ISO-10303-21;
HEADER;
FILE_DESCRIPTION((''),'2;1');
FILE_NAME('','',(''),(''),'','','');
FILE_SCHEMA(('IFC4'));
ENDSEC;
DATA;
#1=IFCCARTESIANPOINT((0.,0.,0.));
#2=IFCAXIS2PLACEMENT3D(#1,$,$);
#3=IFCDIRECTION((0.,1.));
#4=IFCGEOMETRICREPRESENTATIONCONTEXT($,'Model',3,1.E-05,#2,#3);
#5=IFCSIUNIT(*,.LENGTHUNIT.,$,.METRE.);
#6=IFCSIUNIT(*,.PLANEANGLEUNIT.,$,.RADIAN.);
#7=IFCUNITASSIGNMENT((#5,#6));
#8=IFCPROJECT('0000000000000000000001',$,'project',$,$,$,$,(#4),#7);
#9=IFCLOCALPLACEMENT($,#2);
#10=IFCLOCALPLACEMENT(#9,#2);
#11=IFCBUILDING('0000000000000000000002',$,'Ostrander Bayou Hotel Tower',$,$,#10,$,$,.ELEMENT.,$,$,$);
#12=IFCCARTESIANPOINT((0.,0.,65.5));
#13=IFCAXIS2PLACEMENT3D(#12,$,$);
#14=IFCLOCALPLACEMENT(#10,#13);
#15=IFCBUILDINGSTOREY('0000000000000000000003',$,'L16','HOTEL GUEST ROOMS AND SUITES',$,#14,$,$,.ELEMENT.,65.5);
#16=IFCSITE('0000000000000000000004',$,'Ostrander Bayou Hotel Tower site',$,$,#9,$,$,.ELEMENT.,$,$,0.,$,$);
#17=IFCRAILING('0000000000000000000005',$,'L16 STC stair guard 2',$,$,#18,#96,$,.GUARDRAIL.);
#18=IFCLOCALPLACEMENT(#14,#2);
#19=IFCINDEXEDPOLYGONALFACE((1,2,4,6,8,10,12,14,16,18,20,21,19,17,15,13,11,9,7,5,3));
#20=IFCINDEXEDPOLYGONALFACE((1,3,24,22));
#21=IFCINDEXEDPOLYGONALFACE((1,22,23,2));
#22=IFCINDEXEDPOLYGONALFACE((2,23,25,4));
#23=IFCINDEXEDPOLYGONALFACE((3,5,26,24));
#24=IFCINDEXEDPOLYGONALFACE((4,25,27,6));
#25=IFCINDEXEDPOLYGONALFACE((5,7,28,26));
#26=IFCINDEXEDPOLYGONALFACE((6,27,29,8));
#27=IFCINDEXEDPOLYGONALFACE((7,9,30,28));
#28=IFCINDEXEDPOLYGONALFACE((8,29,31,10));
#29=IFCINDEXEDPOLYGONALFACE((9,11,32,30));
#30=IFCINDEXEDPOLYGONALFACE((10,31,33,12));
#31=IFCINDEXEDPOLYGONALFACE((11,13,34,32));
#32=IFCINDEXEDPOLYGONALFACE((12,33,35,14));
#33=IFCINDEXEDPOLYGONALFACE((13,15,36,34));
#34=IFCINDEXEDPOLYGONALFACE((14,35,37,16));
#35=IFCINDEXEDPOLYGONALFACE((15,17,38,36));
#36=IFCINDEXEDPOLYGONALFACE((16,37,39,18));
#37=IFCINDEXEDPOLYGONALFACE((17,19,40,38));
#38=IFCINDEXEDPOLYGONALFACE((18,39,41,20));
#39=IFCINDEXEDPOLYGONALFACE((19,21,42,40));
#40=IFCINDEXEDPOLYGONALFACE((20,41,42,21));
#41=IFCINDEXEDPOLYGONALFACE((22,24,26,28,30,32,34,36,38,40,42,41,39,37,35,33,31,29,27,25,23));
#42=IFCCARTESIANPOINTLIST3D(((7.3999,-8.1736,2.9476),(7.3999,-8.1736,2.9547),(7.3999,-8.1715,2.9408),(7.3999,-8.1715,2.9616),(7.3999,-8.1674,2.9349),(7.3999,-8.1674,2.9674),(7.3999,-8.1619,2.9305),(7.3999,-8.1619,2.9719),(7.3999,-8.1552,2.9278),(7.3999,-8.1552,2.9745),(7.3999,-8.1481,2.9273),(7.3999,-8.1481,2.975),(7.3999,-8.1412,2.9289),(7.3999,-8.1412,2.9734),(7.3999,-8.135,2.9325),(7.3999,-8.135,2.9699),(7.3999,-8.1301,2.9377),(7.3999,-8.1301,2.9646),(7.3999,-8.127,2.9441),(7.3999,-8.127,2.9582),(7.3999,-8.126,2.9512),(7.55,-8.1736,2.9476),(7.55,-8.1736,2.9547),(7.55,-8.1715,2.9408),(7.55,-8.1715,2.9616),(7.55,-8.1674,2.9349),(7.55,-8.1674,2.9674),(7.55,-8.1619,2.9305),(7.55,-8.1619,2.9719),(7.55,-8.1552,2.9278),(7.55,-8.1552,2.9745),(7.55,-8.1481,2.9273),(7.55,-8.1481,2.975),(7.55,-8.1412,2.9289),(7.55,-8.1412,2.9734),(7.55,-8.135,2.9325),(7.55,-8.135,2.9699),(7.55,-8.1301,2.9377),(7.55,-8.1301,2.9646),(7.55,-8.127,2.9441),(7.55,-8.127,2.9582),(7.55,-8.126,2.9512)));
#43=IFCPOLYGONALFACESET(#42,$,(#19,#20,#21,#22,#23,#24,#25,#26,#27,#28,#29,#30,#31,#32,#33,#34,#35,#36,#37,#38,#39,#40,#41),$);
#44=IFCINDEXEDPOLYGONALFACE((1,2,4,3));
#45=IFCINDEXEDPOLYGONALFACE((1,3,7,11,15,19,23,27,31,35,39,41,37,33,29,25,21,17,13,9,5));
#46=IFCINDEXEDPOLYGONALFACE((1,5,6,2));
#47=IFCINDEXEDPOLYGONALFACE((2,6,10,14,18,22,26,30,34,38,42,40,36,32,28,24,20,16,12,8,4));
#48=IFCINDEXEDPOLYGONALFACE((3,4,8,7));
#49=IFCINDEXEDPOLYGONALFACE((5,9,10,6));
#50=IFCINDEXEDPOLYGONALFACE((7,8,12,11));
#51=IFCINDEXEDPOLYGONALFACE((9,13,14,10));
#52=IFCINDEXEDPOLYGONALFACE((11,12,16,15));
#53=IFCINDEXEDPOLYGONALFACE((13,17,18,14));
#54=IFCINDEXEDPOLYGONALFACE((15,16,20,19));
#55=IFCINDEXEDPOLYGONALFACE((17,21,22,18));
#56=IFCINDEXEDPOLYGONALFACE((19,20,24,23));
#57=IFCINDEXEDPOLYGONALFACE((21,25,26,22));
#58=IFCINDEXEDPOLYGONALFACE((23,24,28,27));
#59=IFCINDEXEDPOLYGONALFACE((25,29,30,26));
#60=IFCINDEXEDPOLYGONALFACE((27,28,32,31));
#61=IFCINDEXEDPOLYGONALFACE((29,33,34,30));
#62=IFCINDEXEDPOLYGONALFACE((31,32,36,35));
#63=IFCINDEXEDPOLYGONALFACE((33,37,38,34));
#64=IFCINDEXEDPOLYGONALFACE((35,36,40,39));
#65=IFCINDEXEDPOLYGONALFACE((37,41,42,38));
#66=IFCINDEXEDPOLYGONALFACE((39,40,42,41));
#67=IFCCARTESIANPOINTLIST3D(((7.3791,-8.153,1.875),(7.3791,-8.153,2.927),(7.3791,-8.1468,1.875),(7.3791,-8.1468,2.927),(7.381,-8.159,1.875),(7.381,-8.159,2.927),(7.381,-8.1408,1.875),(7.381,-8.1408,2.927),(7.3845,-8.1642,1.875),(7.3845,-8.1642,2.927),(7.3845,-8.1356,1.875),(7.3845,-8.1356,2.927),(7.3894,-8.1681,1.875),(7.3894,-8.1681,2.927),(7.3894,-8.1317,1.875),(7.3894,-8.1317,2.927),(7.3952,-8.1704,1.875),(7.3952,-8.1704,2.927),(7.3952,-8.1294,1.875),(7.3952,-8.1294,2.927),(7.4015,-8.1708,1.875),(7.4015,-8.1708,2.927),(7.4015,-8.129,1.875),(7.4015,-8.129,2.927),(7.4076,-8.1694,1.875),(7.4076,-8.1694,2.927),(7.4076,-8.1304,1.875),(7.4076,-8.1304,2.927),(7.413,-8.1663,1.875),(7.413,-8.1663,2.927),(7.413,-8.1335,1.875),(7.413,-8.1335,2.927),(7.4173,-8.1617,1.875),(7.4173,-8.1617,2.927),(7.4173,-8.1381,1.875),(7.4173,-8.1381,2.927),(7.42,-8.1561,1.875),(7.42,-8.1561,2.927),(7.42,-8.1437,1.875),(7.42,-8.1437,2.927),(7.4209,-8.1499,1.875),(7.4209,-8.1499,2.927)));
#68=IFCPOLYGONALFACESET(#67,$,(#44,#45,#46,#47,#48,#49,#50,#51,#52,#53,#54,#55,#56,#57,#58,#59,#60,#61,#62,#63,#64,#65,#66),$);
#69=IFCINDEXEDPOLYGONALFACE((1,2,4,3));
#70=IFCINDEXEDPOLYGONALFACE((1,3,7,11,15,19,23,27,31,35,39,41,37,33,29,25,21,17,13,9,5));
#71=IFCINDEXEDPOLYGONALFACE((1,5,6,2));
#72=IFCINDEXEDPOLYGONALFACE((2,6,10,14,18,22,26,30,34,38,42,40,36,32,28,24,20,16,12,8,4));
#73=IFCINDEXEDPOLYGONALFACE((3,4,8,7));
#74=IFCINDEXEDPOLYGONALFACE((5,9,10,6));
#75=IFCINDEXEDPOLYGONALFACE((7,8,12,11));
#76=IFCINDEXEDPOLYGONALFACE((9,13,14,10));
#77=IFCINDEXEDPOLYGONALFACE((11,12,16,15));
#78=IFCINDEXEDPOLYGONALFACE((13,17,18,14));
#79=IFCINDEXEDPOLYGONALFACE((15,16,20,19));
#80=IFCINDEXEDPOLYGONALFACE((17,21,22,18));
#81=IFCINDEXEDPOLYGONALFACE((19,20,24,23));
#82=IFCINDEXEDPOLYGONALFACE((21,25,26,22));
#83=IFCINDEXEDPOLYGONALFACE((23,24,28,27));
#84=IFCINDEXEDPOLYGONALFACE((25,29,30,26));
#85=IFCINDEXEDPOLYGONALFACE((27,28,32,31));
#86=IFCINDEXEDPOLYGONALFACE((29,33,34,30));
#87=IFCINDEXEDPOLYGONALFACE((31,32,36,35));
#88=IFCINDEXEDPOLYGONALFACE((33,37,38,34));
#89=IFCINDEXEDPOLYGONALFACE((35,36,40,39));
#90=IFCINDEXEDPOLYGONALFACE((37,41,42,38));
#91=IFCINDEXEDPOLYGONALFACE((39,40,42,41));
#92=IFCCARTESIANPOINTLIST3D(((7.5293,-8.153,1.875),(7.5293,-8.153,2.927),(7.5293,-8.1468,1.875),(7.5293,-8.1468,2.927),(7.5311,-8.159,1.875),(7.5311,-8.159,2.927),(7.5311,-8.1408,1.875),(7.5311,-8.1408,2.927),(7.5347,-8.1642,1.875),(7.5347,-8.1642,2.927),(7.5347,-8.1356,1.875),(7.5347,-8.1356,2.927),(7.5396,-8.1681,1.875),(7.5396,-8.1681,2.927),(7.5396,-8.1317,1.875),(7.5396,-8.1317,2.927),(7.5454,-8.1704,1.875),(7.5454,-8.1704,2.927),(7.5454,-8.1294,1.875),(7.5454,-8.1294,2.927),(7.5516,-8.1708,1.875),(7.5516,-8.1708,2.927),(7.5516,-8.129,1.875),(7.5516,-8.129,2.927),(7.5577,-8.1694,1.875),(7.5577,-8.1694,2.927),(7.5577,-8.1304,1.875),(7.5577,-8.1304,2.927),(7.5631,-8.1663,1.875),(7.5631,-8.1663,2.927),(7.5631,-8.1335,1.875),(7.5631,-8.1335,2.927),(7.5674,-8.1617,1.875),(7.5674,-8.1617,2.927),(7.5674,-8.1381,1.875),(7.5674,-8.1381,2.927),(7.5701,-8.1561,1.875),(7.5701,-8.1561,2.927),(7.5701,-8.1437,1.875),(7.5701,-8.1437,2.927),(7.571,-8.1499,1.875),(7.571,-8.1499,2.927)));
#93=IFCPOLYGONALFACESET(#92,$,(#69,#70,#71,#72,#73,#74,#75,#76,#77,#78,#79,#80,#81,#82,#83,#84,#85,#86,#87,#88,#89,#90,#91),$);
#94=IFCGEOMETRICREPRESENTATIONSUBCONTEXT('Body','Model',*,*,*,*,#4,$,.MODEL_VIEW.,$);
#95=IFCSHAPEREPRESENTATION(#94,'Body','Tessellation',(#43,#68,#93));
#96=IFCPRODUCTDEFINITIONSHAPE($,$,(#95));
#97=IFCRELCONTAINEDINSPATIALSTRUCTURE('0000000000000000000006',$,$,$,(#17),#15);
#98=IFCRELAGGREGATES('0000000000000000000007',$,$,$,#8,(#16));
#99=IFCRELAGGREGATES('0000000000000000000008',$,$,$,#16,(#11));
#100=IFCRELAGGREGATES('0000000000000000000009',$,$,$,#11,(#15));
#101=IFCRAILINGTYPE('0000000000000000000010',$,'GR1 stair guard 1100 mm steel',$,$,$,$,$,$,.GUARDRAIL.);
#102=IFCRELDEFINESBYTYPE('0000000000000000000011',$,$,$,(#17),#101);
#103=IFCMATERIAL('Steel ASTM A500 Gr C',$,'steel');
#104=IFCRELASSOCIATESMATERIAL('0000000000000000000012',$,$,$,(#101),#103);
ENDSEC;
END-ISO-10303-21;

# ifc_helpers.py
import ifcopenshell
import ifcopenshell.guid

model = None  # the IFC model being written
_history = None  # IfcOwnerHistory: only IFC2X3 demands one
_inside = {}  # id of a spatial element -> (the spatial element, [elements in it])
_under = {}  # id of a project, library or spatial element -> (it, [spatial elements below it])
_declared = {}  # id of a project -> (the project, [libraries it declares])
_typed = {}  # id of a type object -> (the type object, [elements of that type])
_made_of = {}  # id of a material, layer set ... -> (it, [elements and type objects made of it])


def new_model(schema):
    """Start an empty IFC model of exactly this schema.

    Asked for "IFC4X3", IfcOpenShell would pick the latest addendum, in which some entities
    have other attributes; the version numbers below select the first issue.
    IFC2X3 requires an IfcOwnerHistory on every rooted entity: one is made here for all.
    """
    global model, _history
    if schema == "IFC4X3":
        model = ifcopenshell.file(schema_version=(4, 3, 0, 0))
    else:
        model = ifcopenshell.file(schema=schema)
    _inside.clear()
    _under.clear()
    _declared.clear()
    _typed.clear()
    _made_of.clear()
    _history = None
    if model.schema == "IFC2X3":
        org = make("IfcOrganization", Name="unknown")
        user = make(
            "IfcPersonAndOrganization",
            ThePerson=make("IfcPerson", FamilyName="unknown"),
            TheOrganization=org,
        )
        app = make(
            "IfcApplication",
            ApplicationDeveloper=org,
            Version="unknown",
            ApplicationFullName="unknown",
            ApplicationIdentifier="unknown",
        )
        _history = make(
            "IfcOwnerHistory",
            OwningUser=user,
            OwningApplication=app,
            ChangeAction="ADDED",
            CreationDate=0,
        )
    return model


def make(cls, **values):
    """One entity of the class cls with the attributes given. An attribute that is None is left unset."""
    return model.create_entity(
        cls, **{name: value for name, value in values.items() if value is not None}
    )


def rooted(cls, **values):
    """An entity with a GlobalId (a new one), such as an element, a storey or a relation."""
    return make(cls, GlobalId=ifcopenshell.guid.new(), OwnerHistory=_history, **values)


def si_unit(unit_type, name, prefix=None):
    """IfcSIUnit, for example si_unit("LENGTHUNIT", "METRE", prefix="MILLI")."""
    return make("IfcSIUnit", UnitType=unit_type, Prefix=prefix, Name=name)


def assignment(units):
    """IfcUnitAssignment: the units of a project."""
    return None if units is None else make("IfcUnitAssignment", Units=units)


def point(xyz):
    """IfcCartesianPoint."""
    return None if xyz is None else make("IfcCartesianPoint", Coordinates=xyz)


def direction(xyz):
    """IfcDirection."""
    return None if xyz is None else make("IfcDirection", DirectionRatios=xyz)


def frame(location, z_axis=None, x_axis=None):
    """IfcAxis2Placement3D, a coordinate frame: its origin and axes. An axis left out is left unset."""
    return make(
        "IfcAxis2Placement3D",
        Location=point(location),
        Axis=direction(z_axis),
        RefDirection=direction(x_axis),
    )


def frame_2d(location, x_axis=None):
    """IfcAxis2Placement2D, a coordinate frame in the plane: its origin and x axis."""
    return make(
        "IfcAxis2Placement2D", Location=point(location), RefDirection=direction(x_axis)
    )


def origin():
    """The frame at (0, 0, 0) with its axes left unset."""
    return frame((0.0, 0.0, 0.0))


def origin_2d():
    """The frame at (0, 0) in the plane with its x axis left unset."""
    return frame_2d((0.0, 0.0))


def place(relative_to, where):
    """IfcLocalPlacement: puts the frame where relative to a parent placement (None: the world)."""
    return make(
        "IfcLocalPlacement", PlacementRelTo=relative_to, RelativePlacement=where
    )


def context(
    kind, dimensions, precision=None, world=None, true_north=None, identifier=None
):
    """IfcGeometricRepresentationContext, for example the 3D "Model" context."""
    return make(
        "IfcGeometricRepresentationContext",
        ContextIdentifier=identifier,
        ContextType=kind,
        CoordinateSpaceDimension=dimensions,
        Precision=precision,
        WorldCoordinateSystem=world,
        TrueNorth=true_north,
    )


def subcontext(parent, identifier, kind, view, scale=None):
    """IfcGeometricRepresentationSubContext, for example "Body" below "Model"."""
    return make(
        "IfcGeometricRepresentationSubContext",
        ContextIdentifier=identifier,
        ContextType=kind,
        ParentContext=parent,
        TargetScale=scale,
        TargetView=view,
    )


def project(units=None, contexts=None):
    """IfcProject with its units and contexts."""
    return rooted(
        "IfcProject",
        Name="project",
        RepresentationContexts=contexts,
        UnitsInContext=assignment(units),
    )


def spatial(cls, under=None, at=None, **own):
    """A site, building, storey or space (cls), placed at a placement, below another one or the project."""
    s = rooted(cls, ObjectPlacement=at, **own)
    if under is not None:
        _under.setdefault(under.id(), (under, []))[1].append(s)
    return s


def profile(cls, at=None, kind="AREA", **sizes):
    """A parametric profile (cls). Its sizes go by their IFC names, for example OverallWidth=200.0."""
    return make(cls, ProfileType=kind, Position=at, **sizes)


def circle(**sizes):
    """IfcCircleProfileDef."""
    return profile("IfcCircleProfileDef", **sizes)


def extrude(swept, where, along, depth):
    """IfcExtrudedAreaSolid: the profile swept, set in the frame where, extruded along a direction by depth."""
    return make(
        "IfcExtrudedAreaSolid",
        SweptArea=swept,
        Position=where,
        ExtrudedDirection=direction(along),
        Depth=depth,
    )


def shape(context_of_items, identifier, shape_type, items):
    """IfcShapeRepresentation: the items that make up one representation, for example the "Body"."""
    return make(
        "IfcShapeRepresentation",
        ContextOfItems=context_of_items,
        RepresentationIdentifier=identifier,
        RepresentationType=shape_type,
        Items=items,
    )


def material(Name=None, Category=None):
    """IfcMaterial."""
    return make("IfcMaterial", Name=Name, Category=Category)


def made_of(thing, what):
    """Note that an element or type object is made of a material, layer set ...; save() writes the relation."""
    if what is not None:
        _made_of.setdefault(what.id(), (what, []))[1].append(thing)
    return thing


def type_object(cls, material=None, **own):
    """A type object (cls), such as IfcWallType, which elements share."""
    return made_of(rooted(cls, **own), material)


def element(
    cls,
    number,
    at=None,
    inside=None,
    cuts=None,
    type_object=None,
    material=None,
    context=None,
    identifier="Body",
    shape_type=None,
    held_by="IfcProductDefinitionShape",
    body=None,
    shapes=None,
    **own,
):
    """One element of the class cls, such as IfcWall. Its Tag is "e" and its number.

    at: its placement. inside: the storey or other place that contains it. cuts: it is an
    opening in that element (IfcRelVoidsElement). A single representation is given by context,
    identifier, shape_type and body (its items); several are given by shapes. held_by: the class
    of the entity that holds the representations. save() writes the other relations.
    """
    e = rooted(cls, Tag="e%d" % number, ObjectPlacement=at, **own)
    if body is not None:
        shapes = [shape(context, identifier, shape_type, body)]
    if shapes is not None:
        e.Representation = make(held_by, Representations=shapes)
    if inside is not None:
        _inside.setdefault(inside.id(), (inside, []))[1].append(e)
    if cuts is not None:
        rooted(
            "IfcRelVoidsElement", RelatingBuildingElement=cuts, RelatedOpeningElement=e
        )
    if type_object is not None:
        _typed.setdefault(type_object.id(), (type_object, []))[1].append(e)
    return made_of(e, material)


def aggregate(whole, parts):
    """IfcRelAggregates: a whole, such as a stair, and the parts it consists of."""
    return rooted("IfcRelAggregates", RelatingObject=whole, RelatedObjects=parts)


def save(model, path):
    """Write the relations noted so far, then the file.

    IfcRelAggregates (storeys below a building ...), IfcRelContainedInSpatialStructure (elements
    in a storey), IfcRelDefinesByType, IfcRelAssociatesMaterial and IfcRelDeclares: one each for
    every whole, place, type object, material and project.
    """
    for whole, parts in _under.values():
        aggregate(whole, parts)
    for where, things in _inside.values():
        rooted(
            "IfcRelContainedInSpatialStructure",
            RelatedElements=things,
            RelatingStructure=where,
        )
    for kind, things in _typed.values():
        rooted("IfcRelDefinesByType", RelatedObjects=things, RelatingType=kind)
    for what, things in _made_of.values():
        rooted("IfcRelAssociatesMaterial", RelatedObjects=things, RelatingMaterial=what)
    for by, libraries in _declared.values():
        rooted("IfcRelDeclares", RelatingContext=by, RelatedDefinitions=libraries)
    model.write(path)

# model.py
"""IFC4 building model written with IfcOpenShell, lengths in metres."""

from ifc_helpers import new_model, si_unit, direction, frame, origin, origin_2d, place, context, subcontext, project, spatial, circle, extrude, material, type_object, element, save


model = new_model("IFC4")

# Units and contexts
model_context = context("Model", 3, precision=1e-05, world=origin(), true_north=direction((0.0, 1.0)))
body_context = subcontext(model_context, "Body", "Model", "MODEL_VIEW")
ifc_project = project(units=[si_unit("LENGTHUNIT", "METRE"), si_unit("PLANEANGLEUNIT", "RADIAN")], contexts=[model_context])

# Site, building, storey
site_placement = place(None, origin())
site = spatial("IfcSite", under=ifc_project, at=site_placement, Name="Ostrander Bayou Hotel Tower site", CompositionType="ELEMENT", RefElevation=0.0)
building_placement = place(site_placement, origin())
building = spatial("IfcBuilding", under=site, at=building_placement, Name="Ostrander Bayou Hotel Tower", CompositionType="ELEMENT")
storey_placement = place(building_placement, frame((0.0, 0.0, 65.5)))
storey = spatial("IfcBuildingStorey", under=building, at=storey_placement, Name="L16", Description="HOTEL GUEST ROOMS AND SUITES", CompositionType="ELEMENT", Elevation=65.5)

# Railing
ifc_material_1 = material(Name="Steel ASTM A500 Gr C", Category="steel")
railing_type_1 = type_object("IfcRailingType", Name="GR1 stair guard 1100 mm steel", PredefinedType="GUARDRAIL", material=ifc_material_1)
railing_1_placement = place(storey_placement, frame((7.3999, -8.1499, 1.875)))
element("IfcRailing", 1, at=railing_1_placement, inside=storey, type_object=railing_type_1, Name="L16 STC stair guard 2", PredefinedType="GUARDRAIL", context=body_context, shape_type="SweptSolid", body=[
    extrude(circle(Radius=0.0239, at=origin_2d()), frame((0.0, 0.0, 1.0762), z_axis=(1.0, 0.0, 0.0), x_axis=(0.0, 1.0, 0.0)), (0.0, 0.0, 1.0), 0.1501),
    extrude(circle(Radius=0.021, at=origin_2d()), origin(), (0.0, 0.0, 1.0), 1.052),
    extrude(circle(Radius=0.021, at=origin_2d()), frame((0.1501, 0.0, 0.0)), (0.0, 0.0, 1.0), 1.052),
])

save(model, "model.ifc")
